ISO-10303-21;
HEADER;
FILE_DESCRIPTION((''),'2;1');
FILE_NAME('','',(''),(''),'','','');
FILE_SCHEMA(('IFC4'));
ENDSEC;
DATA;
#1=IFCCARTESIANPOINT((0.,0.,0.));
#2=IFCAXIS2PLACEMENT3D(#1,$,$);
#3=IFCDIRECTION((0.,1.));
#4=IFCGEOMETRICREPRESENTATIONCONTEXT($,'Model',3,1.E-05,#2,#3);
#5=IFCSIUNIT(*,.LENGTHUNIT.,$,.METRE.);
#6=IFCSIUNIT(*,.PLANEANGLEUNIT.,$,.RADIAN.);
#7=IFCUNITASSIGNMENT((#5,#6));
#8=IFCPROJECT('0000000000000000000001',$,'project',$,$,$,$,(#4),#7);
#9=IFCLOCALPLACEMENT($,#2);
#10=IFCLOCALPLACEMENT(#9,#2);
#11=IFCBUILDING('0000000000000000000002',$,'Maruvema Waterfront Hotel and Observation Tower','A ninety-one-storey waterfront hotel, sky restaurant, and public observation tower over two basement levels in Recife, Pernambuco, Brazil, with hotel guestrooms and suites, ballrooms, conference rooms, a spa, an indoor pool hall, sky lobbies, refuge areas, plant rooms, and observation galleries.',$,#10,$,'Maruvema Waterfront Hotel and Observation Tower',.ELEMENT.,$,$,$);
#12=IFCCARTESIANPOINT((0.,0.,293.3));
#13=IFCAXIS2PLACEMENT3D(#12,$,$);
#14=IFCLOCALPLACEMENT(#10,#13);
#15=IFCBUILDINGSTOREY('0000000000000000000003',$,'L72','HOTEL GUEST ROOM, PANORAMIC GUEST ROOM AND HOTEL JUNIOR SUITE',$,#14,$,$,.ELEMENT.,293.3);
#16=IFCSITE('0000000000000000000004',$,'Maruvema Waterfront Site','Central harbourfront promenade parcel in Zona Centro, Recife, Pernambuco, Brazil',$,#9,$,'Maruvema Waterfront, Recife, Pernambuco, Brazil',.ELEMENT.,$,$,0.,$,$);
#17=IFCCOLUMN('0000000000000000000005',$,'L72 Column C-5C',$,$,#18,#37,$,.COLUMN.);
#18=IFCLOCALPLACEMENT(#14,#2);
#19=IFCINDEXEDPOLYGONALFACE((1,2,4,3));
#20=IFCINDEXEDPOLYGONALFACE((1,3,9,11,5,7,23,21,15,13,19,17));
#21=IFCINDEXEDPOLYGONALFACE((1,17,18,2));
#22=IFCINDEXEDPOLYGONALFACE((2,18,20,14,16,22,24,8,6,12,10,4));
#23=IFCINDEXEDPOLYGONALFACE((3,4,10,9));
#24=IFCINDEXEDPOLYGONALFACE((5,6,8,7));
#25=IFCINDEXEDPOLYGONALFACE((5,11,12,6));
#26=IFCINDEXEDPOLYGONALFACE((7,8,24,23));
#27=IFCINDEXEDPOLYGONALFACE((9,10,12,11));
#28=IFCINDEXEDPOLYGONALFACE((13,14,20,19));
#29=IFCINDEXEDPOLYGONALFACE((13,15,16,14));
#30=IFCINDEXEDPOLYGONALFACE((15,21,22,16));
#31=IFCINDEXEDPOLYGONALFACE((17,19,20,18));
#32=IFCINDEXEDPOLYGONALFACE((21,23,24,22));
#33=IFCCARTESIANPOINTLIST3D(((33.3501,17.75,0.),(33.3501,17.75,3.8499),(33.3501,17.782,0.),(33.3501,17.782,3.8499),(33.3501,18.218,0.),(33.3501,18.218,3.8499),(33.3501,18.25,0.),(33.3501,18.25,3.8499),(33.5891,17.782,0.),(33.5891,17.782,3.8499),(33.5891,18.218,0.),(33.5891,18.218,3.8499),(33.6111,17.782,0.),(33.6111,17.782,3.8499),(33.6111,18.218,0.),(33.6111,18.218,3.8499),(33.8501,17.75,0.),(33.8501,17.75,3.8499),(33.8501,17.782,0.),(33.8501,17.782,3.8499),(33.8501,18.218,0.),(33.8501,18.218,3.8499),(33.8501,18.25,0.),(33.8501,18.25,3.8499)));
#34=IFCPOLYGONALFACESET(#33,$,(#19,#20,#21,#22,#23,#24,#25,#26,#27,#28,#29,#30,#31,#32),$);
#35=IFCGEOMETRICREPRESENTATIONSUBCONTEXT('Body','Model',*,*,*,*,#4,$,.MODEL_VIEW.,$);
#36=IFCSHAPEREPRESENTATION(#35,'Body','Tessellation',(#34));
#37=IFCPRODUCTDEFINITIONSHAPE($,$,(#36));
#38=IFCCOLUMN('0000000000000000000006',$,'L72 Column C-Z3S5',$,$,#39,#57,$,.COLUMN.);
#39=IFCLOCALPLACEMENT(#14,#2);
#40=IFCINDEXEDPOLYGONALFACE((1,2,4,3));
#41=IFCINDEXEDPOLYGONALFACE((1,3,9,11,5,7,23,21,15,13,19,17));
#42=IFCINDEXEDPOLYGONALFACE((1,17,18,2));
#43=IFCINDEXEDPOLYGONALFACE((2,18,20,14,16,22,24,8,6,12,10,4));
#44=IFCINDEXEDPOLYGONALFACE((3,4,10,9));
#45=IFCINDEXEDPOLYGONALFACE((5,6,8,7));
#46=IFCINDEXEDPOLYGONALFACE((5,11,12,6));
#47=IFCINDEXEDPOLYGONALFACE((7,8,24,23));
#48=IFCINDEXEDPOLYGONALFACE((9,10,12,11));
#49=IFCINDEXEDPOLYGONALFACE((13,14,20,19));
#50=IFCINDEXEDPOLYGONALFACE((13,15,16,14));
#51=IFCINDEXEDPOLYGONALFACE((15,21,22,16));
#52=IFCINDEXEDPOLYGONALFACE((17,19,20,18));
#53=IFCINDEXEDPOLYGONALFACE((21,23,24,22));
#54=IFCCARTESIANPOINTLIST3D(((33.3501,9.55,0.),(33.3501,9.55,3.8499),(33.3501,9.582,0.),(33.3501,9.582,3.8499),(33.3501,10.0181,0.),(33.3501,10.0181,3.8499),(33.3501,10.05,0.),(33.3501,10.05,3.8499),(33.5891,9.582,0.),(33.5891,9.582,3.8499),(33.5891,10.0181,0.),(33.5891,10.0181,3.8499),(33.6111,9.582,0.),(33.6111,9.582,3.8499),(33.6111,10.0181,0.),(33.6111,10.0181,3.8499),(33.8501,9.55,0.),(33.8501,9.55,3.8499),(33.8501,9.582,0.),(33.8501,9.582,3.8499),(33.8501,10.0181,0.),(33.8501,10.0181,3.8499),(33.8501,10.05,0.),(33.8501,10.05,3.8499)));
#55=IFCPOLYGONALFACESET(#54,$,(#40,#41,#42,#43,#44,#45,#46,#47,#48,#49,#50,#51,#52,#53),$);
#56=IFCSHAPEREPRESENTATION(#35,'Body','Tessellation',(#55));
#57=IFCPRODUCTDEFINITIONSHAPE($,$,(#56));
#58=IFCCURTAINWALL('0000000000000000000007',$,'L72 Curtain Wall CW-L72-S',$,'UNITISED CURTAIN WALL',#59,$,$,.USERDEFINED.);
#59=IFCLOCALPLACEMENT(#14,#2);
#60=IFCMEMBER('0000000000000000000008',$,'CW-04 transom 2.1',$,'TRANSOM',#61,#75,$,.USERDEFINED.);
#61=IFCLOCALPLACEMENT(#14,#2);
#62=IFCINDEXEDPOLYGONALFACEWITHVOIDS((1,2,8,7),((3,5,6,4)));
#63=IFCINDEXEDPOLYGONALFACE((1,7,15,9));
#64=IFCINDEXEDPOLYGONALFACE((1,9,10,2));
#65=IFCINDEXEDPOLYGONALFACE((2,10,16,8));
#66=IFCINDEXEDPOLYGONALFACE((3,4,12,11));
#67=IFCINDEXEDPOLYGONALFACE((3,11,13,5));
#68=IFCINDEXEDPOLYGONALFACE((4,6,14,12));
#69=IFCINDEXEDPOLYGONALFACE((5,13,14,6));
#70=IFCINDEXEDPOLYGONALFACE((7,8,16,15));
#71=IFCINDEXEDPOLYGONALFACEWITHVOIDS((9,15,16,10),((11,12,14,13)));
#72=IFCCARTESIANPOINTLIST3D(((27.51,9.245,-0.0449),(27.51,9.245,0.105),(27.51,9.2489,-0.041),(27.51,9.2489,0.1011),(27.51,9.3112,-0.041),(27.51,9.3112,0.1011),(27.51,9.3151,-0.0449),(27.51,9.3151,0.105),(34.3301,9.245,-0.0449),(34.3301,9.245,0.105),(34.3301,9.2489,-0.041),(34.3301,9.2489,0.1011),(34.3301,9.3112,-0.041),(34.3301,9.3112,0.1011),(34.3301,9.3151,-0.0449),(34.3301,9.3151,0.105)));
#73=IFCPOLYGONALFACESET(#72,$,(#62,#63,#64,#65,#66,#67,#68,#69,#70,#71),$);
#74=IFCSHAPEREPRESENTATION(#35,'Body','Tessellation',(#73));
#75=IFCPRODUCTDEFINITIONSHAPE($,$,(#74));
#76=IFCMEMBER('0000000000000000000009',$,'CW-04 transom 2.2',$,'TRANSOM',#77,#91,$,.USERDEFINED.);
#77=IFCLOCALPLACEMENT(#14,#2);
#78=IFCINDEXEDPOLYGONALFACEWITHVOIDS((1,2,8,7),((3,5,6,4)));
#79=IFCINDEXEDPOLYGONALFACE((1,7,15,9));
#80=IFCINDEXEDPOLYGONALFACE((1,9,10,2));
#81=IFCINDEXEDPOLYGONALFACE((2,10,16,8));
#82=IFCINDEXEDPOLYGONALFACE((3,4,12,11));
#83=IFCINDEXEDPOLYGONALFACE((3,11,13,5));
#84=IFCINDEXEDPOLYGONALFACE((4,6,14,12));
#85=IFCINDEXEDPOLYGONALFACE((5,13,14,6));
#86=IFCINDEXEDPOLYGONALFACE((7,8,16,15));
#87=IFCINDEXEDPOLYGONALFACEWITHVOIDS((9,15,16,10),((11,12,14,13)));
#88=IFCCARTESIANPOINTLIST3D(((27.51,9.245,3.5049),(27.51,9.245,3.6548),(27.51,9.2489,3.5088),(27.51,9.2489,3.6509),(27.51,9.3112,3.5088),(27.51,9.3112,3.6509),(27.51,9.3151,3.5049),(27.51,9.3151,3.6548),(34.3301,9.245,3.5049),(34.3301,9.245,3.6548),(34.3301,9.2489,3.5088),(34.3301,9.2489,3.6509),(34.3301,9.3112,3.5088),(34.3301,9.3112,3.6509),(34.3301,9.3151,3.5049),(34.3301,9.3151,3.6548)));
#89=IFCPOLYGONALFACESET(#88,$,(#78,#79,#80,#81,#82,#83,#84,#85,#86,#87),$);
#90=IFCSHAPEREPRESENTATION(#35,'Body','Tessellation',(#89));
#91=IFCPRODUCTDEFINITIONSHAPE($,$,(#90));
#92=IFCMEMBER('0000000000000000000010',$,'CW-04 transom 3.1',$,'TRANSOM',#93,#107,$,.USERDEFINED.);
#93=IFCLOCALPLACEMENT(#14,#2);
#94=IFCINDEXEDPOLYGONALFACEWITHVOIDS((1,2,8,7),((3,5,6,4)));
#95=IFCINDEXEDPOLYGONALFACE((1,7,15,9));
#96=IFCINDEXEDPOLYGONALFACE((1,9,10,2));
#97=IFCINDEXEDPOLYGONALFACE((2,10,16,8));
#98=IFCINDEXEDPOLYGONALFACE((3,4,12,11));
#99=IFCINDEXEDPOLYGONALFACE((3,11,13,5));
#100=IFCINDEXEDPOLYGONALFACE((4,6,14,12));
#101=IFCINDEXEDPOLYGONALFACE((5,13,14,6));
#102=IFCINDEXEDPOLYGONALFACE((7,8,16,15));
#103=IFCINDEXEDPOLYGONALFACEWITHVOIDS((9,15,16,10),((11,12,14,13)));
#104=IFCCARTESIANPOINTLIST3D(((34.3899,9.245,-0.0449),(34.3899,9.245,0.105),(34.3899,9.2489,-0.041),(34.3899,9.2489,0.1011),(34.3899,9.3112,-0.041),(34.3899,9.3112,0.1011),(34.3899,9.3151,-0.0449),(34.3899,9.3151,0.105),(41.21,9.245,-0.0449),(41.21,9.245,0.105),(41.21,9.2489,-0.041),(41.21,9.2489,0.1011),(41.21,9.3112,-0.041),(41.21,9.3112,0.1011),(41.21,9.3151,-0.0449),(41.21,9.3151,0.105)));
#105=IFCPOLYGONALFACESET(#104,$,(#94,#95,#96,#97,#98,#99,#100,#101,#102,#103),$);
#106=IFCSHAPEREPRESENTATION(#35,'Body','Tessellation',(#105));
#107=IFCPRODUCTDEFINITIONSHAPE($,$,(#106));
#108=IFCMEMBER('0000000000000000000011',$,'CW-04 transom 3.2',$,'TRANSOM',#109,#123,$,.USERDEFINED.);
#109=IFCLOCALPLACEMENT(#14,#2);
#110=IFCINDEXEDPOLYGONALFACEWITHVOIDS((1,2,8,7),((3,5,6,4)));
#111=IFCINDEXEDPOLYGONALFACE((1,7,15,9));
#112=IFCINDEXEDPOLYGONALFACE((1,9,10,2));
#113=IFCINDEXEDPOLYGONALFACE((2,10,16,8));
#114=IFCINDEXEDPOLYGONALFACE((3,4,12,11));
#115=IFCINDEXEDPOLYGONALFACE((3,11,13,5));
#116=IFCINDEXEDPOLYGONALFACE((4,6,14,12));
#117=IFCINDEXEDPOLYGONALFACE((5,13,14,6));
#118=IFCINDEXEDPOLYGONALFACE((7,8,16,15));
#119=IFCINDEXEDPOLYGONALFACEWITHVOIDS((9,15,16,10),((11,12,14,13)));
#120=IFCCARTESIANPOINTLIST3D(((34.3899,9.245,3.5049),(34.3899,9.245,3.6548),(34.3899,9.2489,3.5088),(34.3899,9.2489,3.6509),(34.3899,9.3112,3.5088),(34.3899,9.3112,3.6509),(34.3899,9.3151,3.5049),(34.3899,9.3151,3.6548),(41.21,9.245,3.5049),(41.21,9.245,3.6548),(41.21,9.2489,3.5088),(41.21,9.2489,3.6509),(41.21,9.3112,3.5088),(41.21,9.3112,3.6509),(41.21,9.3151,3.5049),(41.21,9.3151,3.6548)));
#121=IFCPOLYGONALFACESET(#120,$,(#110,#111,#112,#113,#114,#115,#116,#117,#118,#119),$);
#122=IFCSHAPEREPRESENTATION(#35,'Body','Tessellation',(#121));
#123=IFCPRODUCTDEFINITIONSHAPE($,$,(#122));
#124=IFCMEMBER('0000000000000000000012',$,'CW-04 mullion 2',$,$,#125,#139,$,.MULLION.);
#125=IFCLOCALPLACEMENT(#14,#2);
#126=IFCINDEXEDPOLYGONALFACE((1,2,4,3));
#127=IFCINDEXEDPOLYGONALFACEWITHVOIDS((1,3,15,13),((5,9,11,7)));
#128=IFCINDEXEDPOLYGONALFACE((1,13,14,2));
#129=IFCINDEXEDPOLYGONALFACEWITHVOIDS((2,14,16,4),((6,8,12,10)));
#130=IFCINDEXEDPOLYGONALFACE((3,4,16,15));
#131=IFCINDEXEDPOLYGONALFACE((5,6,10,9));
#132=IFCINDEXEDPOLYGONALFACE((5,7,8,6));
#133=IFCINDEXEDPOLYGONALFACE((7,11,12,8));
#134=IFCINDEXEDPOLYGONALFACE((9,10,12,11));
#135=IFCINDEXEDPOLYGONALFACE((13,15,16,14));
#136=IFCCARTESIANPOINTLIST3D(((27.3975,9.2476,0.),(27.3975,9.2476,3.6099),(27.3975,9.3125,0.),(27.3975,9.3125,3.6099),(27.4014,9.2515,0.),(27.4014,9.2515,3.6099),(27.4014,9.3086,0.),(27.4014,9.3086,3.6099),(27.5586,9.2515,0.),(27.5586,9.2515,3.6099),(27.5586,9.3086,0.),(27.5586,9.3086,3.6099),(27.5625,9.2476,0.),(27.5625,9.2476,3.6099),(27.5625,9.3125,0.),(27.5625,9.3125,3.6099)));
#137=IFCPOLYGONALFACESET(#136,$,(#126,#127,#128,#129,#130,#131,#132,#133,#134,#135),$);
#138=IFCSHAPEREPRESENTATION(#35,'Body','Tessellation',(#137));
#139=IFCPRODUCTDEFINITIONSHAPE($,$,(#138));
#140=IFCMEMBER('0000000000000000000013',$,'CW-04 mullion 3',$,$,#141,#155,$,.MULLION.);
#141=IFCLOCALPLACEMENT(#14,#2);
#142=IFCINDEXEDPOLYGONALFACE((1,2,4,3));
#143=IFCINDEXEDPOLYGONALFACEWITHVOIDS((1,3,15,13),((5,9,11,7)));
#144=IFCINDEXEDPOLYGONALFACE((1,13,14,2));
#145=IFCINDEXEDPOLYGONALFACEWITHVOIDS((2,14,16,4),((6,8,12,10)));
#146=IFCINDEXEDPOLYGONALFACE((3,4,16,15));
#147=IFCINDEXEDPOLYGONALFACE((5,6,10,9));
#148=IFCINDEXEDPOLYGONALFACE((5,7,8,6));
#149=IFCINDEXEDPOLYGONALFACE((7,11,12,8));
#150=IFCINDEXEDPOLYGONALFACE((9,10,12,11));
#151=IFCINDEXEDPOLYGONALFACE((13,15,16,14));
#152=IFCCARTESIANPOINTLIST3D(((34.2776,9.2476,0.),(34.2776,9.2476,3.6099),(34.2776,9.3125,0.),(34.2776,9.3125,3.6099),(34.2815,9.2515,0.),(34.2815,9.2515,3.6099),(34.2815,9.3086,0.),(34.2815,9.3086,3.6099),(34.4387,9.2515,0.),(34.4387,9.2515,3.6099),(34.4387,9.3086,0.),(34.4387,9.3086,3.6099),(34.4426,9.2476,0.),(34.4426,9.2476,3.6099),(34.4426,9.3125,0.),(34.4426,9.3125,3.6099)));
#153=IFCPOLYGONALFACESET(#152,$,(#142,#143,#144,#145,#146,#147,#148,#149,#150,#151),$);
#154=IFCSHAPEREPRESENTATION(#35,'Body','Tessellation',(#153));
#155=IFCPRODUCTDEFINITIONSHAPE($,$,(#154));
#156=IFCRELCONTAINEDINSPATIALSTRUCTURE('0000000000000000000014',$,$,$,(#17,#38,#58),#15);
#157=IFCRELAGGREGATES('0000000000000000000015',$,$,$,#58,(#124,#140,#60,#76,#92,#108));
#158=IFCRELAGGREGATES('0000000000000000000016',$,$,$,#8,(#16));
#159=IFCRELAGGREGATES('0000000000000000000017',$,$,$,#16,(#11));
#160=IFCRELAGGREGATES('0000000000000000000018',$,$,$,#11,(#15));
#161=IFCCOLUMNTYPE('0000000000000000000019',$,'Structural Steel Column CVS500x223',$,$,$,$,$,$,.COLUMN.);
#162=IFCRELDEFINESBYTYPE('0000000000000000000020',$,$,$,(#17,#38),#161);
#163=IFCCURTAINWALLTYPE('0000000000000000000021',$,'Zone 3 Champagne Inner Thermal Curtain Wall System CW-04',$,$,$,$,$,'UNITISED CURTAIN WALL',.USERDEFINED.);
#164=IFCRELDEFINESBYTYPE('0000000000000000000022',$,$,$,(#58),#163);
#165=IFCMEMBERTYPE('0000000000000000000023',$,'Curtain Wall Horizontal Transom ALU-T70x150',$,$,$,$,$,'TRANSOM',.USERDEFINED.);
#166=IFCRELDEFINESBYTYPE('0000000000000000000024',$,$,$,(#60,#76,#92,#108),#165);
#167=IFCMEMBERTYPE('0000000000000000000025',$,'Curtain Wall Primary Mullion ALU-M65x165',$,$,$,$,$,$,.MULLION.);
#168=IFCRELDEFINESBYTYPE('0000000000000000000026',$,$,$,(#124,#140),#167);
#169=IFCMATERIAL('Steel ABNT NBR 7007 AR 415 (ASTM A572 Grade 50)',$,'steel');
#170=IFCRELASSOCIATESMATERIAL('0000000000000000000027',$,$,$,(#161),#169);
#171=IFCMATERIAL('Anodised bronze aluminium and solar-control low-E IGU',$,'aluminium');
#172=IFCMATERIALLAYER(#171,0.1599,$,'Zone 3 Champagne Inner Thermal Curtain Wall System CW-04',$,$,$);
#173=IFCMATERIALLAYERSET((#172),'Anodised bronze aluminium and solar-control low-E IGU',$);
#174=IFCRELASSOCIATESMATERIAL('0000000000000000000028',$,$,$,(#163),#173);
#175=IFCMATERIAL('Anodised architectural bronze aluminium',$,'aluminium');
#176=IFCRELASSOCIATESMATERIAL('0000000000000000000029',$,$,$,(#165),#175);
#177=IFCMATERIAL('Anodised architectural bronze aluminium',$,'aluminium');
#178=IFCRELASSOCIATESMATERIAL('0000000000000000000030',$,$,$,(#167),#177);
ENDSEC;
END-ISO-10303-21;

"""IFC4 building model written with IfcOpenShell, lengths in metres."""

from ifc_helpers import new_model, si_unit, direction, frame, origin, origin_2d, place, context, subcontext, project, spatial, hollow_rectangle, i_section, extrude, material, layer, layer_set, material_profile, profile_set, type_object, element, aggregate, save


model = new_model("IFC4")

# Units and contexts
model_context = context("Model", 3, precision=1e-05, world=origin(), true_north=direction((0.0, 1.0)))
body_context = subcontext(model_context, "Body", "Model", "MODEL_VIEW")
ifc_project = project(units=[si_unit("LENGTHUNIT", "METRE"), si_unit("PLANEANGLEUNIT", "RADIAN")], contexts=[model_context])

# Site, building, storey
site_placement = place(None, origin())
site = spatial("IfcSite", under=ifc_project, at=site_placement, Name="Maruvema Waterfront Site", Description="Central harbourfront promenade parcel in Zona Centro, Recife, Pernambuco, Brazil", LongName="Maruvema Waterfront, Recife, Pernambuco, Brazil", CompositionType="ELEMENT", RefElevation=0.0)
building_placement = place(site_placement, origin())
building = spatial("IfcBuilding", under=site, at=building_placement, Name="Maruvema Waterfront Hotel and Observation Tower", Description="A ninety-one-storey waterfront hotel, sky restaurant, and public observation tower over two basement levels in Recife, Pernambuco, Brazil, with hotel guestrooms and suites, ballrooms, conference rooms, a spa, an indoor pool hall, sky lobbies, refuge areas, plant rooms, and observation galleries.", LongName="Maruvema Waterfront Hotel and Observation Tower", CompositionType="ELEMENT")
storey_placement = place(building_placement, frame((0.0, 0.0, 293.3)))
storey = spatial("IfcBuildingStorey", under=building, at=storey_placement, Name="L72", Description="HOTEL GUEST ROOM, PANORAMIC GUEST ROOM AND HOTEL JUNIOR SUITE", CompositionType="ELEMENT", Elevation=293.3)

# Columns
ifc_material_1 = material(Name="Steel ABNT NBR 7007 AR 415 (ASTM A572 Grade 50)", Category="steel")
ifc_material_profile_1 = material_profile(ifc_material_1, i_section(OverallWidth=0.5, OverallDepth=0.5, WebThickness=0.022, FlangeThickness=0.032, at=origin_2d()), Name="CVS500x223")
ifc_profile_set_1 = profile_set([ifc_material_profile_1], Name="Steel ABNT NBR 7007 AR 415 (ASTM A572 Grade 50)")
column_type = type_object("IfcColumnType", Name="Structural Steel Column CVS500x223", PredefinedType="COLUMN", material=ifc_profile_set_1)
for number, where, z_axis, x_axis, name in (
    (1, (33.6001, 18.0, 0.0), (0.0, 0.0, 1.0), (1.0, 0.0, 0.0), "L72 Column C-5C"),
    (2, (33.6001, 9.8, 0.0), (0.0, 0.0, 1.0), (1.0, 0.0, 0.0), "L72 Column C-Z3S5"),
):
    element("IfcColumn", number, at=place(storey_placement, frame(where, z_axis=z_axis, x_axis=x_axis)), inside=storey, type_object=column_type, Name=name, PredefinedType="COLUMN", context=body_context, shape_type="SweptSolid", body=[
        extrude(i_section(OverallWidth=0.5, OverallDepth=0.5, WebThickness=0.022, FlangeThickness=0.032, at=origin_2d()), origin(), (0.0, 0.0, 1.0), 3.8499),
    ])

# Curtain wall, members
ifc_material_2 = material(Name="Anodised bronze aluminium and solar-control low-E IGU", Category="aluminium")
ifc_layer_1 = layer(ifc_material_2, 0.1599, Name="Zone 3 Champagne Inner Thermal Curtain Wall System CW-04")
ifc_layer_set_1 = layer_set([ifc_layer_1], Name="Anodised bronze aluminium and solar-control low-E IGU")
curtain_wall_type = type_object("IfcCurtainWallType", Name="Zone 3 Champagne Inner Thermal Curtain Wall System CW-04", ElementType="UNITISED CURTAIN WALL", PredefinedType="USERDEFINED", material=ifc_layer_set_1)
curtain_wall_placement = place(storey_placement, origin())
curtain_wall = element("IfcCurtainWall", 3, at=curtain_wall_placement, inside=storey, type_object=curtain_wall_type, Name="L72 Curtain Wall CW-L72-S", ObjectType="UNITISED CURTAIN WALL", PredefinedType="USERDEFINED")
ifc_material_3 = material(Name="Anodised architectural bronze aluminium", Category="aluminium")
ifc_material_profile_2 = material_profile(ifc_material_3, hollow_rectangle(XDim=0.0701, YDim=0.1499, WallThickness=0.0039, at=origin_2d()), Name="ALU-T70x150")
ifc_profile_set_2 = profile_set([ifc_material_profile_2], Name="Anodised architectural bronze aluminium")
member_type_1 = type_object("IfcMemberType", Name="Curtain Wall Horizontal Transom ALU-T70x150", ElementType="TRANSOM", PredefinedType="USERDEFINED", material=ifc_profile_set_2)
member_1_placement = place(storey_placement, frame((27.51, 9.28, 0.03), z_axis=(1.0, 0.0, 0.0), x_axis=(0.0, 1.0, 0.0)))
member_1 = element("IfcMember", 4, at=member_1_placement, type_object=member_type_1, Name="CW-04 transom 2.1", ObjectType="TRANSOM", PredefinedType="USERDEFINED", context=body_context, shape_type="SweptSolid", body=[
    extrude(hollow_rectangle(XDim=0.0701, YDim=0.1499, WallThickness=0.0039, at=origin_2d()), origin(), (0.0, 0.0, 1.0), 6.8201),
])
member_2_placement = place(storey_placement, frame((27.51, 9.28, 3.5798), z_axis=(1.0, 0.0, 0.0), x_axis=(0.0, 1.0, 0.0)))
member_2 = element("IfcMember", 5, at=member_2_placement, type_object=member_type_1, Name="CW-04 transom 2.2", ObjectType="TRANSOM", PredefinedType="USERDEFINED", context=body_context, shape_type="SweptSolid", body=[
    extrude(hollow_rectangle(XDim=0.0701, YDim=0.1499, WallThickness=0.0039, at=origin_2d()), origin(), (0.0, 0.0, 1.0), 6.8201),
])
member_3_placement = place(storey_placement, frame((34.3899, 9.28, 0.03), z_axis=(1.0, 0.0, 0.0), x_axis=(0.0, 1.0, 0.0)))
member_3 = element("IfcMember", 6, at=member_3_placement, type_object=member_type_1, Name="CW-04 transom 3.1", ObjectType="TRANSOM", PredefinedType="USERDEFINED", context=body_context, shape_type="SweptSolid", body=[
    extrude(hollow_rectangle(XDim=0.0701, YDim=0.1499, WallThickness=0.0039, at=origin_2d()), origin(), (0.0, 0.0, 1.0), 6.8201),
])
member_4_placement = place(storey_placement, frame((34.3899, 9.28, 3.5798), z_axis=(1.0, 0.0, 0.0), x_axis=(0.0, 1.0, 0.0)))
member_4 = element("IfcMember", 7, at=member_4_placement, type_object=member_type_1, Name="CW-04 transom 3.2", ObjectType="TRANSOM", PredefinedType="USERDEFINED", context=body_context, shape_type="SweptSolid", body=[
    extrude(hollow_rectangle(XDim=0.0701, YDim=0.1499, WallThickness=0.0039, at=origin_2d()), origin(), (0.0, 0.0, 1.0), 6.8201),
])
ifc_material_4 = material(Name="Anodised architectural bronze aluminium", Category="aluminium")
ifc_material_profile_3 = material_profile(ifc_material_4, hollow_rectangle(XDim=0.0649, YDim=0.165, WallThickness=0.0039, at=origin_2d()), Name="ALU-M65x165")
ifc_profile_set_3 = profile_set([ifc_material_profile_3], Name="Anodised architectural bronze aluminium")
member_type_2 = type_object("IfcMemberType", Name="Curtain Wall Primary Mullion ALU-M65x165", PredefinedType="MULLION", material=ifc_profile_set_3)
member_5_placement = place(storey_placement, frame((27.48, 9.28, 0.0), z_axis=(0.0, 0.0, 1.0), x_axis=(0.0, 1.0, 0.0)))
member_5 = element("IfcMember", 8, at=member_5_placement, type_object=member_type_2, Name="CW-04 mullion 2", PredefinedType="MULLION", context=body_context, shape_type="SweptSolid", body=[
    extrude(hollow_rectangle(XDim=0.0649, YDim=0.165, WallThickness=0.0039, at=origin_2d()), origin(), (0.0, 0.0, 1.0), 3.6099),
])
member_6_placement = place(storey_placement, frame((34.3601, 9.28, 0.0), z_axis=(0.0, 0.0, 1.0), x_axis=(0.0, 1.0, 0.0)))
member_6 = element("IfcMember", 9, at=member_6_placement, type_object=member_type_2, Name="CW-04 mullion 3", PredefinedType="MULLION", context=body_context, shape_type="SweptSolid", body=[
    extrude(hollow_rectangle(XDim=0.0649, YDim=0.165, WallThickness=0.0039, at=origin_2d()), origin(), (0.0, 0.0, 1.0), 3.6099),
])

aggregate(curtain_wall, [member_5, member_6, member_1, member_2, member_3, member_4])

save(model, "model.ifc")
